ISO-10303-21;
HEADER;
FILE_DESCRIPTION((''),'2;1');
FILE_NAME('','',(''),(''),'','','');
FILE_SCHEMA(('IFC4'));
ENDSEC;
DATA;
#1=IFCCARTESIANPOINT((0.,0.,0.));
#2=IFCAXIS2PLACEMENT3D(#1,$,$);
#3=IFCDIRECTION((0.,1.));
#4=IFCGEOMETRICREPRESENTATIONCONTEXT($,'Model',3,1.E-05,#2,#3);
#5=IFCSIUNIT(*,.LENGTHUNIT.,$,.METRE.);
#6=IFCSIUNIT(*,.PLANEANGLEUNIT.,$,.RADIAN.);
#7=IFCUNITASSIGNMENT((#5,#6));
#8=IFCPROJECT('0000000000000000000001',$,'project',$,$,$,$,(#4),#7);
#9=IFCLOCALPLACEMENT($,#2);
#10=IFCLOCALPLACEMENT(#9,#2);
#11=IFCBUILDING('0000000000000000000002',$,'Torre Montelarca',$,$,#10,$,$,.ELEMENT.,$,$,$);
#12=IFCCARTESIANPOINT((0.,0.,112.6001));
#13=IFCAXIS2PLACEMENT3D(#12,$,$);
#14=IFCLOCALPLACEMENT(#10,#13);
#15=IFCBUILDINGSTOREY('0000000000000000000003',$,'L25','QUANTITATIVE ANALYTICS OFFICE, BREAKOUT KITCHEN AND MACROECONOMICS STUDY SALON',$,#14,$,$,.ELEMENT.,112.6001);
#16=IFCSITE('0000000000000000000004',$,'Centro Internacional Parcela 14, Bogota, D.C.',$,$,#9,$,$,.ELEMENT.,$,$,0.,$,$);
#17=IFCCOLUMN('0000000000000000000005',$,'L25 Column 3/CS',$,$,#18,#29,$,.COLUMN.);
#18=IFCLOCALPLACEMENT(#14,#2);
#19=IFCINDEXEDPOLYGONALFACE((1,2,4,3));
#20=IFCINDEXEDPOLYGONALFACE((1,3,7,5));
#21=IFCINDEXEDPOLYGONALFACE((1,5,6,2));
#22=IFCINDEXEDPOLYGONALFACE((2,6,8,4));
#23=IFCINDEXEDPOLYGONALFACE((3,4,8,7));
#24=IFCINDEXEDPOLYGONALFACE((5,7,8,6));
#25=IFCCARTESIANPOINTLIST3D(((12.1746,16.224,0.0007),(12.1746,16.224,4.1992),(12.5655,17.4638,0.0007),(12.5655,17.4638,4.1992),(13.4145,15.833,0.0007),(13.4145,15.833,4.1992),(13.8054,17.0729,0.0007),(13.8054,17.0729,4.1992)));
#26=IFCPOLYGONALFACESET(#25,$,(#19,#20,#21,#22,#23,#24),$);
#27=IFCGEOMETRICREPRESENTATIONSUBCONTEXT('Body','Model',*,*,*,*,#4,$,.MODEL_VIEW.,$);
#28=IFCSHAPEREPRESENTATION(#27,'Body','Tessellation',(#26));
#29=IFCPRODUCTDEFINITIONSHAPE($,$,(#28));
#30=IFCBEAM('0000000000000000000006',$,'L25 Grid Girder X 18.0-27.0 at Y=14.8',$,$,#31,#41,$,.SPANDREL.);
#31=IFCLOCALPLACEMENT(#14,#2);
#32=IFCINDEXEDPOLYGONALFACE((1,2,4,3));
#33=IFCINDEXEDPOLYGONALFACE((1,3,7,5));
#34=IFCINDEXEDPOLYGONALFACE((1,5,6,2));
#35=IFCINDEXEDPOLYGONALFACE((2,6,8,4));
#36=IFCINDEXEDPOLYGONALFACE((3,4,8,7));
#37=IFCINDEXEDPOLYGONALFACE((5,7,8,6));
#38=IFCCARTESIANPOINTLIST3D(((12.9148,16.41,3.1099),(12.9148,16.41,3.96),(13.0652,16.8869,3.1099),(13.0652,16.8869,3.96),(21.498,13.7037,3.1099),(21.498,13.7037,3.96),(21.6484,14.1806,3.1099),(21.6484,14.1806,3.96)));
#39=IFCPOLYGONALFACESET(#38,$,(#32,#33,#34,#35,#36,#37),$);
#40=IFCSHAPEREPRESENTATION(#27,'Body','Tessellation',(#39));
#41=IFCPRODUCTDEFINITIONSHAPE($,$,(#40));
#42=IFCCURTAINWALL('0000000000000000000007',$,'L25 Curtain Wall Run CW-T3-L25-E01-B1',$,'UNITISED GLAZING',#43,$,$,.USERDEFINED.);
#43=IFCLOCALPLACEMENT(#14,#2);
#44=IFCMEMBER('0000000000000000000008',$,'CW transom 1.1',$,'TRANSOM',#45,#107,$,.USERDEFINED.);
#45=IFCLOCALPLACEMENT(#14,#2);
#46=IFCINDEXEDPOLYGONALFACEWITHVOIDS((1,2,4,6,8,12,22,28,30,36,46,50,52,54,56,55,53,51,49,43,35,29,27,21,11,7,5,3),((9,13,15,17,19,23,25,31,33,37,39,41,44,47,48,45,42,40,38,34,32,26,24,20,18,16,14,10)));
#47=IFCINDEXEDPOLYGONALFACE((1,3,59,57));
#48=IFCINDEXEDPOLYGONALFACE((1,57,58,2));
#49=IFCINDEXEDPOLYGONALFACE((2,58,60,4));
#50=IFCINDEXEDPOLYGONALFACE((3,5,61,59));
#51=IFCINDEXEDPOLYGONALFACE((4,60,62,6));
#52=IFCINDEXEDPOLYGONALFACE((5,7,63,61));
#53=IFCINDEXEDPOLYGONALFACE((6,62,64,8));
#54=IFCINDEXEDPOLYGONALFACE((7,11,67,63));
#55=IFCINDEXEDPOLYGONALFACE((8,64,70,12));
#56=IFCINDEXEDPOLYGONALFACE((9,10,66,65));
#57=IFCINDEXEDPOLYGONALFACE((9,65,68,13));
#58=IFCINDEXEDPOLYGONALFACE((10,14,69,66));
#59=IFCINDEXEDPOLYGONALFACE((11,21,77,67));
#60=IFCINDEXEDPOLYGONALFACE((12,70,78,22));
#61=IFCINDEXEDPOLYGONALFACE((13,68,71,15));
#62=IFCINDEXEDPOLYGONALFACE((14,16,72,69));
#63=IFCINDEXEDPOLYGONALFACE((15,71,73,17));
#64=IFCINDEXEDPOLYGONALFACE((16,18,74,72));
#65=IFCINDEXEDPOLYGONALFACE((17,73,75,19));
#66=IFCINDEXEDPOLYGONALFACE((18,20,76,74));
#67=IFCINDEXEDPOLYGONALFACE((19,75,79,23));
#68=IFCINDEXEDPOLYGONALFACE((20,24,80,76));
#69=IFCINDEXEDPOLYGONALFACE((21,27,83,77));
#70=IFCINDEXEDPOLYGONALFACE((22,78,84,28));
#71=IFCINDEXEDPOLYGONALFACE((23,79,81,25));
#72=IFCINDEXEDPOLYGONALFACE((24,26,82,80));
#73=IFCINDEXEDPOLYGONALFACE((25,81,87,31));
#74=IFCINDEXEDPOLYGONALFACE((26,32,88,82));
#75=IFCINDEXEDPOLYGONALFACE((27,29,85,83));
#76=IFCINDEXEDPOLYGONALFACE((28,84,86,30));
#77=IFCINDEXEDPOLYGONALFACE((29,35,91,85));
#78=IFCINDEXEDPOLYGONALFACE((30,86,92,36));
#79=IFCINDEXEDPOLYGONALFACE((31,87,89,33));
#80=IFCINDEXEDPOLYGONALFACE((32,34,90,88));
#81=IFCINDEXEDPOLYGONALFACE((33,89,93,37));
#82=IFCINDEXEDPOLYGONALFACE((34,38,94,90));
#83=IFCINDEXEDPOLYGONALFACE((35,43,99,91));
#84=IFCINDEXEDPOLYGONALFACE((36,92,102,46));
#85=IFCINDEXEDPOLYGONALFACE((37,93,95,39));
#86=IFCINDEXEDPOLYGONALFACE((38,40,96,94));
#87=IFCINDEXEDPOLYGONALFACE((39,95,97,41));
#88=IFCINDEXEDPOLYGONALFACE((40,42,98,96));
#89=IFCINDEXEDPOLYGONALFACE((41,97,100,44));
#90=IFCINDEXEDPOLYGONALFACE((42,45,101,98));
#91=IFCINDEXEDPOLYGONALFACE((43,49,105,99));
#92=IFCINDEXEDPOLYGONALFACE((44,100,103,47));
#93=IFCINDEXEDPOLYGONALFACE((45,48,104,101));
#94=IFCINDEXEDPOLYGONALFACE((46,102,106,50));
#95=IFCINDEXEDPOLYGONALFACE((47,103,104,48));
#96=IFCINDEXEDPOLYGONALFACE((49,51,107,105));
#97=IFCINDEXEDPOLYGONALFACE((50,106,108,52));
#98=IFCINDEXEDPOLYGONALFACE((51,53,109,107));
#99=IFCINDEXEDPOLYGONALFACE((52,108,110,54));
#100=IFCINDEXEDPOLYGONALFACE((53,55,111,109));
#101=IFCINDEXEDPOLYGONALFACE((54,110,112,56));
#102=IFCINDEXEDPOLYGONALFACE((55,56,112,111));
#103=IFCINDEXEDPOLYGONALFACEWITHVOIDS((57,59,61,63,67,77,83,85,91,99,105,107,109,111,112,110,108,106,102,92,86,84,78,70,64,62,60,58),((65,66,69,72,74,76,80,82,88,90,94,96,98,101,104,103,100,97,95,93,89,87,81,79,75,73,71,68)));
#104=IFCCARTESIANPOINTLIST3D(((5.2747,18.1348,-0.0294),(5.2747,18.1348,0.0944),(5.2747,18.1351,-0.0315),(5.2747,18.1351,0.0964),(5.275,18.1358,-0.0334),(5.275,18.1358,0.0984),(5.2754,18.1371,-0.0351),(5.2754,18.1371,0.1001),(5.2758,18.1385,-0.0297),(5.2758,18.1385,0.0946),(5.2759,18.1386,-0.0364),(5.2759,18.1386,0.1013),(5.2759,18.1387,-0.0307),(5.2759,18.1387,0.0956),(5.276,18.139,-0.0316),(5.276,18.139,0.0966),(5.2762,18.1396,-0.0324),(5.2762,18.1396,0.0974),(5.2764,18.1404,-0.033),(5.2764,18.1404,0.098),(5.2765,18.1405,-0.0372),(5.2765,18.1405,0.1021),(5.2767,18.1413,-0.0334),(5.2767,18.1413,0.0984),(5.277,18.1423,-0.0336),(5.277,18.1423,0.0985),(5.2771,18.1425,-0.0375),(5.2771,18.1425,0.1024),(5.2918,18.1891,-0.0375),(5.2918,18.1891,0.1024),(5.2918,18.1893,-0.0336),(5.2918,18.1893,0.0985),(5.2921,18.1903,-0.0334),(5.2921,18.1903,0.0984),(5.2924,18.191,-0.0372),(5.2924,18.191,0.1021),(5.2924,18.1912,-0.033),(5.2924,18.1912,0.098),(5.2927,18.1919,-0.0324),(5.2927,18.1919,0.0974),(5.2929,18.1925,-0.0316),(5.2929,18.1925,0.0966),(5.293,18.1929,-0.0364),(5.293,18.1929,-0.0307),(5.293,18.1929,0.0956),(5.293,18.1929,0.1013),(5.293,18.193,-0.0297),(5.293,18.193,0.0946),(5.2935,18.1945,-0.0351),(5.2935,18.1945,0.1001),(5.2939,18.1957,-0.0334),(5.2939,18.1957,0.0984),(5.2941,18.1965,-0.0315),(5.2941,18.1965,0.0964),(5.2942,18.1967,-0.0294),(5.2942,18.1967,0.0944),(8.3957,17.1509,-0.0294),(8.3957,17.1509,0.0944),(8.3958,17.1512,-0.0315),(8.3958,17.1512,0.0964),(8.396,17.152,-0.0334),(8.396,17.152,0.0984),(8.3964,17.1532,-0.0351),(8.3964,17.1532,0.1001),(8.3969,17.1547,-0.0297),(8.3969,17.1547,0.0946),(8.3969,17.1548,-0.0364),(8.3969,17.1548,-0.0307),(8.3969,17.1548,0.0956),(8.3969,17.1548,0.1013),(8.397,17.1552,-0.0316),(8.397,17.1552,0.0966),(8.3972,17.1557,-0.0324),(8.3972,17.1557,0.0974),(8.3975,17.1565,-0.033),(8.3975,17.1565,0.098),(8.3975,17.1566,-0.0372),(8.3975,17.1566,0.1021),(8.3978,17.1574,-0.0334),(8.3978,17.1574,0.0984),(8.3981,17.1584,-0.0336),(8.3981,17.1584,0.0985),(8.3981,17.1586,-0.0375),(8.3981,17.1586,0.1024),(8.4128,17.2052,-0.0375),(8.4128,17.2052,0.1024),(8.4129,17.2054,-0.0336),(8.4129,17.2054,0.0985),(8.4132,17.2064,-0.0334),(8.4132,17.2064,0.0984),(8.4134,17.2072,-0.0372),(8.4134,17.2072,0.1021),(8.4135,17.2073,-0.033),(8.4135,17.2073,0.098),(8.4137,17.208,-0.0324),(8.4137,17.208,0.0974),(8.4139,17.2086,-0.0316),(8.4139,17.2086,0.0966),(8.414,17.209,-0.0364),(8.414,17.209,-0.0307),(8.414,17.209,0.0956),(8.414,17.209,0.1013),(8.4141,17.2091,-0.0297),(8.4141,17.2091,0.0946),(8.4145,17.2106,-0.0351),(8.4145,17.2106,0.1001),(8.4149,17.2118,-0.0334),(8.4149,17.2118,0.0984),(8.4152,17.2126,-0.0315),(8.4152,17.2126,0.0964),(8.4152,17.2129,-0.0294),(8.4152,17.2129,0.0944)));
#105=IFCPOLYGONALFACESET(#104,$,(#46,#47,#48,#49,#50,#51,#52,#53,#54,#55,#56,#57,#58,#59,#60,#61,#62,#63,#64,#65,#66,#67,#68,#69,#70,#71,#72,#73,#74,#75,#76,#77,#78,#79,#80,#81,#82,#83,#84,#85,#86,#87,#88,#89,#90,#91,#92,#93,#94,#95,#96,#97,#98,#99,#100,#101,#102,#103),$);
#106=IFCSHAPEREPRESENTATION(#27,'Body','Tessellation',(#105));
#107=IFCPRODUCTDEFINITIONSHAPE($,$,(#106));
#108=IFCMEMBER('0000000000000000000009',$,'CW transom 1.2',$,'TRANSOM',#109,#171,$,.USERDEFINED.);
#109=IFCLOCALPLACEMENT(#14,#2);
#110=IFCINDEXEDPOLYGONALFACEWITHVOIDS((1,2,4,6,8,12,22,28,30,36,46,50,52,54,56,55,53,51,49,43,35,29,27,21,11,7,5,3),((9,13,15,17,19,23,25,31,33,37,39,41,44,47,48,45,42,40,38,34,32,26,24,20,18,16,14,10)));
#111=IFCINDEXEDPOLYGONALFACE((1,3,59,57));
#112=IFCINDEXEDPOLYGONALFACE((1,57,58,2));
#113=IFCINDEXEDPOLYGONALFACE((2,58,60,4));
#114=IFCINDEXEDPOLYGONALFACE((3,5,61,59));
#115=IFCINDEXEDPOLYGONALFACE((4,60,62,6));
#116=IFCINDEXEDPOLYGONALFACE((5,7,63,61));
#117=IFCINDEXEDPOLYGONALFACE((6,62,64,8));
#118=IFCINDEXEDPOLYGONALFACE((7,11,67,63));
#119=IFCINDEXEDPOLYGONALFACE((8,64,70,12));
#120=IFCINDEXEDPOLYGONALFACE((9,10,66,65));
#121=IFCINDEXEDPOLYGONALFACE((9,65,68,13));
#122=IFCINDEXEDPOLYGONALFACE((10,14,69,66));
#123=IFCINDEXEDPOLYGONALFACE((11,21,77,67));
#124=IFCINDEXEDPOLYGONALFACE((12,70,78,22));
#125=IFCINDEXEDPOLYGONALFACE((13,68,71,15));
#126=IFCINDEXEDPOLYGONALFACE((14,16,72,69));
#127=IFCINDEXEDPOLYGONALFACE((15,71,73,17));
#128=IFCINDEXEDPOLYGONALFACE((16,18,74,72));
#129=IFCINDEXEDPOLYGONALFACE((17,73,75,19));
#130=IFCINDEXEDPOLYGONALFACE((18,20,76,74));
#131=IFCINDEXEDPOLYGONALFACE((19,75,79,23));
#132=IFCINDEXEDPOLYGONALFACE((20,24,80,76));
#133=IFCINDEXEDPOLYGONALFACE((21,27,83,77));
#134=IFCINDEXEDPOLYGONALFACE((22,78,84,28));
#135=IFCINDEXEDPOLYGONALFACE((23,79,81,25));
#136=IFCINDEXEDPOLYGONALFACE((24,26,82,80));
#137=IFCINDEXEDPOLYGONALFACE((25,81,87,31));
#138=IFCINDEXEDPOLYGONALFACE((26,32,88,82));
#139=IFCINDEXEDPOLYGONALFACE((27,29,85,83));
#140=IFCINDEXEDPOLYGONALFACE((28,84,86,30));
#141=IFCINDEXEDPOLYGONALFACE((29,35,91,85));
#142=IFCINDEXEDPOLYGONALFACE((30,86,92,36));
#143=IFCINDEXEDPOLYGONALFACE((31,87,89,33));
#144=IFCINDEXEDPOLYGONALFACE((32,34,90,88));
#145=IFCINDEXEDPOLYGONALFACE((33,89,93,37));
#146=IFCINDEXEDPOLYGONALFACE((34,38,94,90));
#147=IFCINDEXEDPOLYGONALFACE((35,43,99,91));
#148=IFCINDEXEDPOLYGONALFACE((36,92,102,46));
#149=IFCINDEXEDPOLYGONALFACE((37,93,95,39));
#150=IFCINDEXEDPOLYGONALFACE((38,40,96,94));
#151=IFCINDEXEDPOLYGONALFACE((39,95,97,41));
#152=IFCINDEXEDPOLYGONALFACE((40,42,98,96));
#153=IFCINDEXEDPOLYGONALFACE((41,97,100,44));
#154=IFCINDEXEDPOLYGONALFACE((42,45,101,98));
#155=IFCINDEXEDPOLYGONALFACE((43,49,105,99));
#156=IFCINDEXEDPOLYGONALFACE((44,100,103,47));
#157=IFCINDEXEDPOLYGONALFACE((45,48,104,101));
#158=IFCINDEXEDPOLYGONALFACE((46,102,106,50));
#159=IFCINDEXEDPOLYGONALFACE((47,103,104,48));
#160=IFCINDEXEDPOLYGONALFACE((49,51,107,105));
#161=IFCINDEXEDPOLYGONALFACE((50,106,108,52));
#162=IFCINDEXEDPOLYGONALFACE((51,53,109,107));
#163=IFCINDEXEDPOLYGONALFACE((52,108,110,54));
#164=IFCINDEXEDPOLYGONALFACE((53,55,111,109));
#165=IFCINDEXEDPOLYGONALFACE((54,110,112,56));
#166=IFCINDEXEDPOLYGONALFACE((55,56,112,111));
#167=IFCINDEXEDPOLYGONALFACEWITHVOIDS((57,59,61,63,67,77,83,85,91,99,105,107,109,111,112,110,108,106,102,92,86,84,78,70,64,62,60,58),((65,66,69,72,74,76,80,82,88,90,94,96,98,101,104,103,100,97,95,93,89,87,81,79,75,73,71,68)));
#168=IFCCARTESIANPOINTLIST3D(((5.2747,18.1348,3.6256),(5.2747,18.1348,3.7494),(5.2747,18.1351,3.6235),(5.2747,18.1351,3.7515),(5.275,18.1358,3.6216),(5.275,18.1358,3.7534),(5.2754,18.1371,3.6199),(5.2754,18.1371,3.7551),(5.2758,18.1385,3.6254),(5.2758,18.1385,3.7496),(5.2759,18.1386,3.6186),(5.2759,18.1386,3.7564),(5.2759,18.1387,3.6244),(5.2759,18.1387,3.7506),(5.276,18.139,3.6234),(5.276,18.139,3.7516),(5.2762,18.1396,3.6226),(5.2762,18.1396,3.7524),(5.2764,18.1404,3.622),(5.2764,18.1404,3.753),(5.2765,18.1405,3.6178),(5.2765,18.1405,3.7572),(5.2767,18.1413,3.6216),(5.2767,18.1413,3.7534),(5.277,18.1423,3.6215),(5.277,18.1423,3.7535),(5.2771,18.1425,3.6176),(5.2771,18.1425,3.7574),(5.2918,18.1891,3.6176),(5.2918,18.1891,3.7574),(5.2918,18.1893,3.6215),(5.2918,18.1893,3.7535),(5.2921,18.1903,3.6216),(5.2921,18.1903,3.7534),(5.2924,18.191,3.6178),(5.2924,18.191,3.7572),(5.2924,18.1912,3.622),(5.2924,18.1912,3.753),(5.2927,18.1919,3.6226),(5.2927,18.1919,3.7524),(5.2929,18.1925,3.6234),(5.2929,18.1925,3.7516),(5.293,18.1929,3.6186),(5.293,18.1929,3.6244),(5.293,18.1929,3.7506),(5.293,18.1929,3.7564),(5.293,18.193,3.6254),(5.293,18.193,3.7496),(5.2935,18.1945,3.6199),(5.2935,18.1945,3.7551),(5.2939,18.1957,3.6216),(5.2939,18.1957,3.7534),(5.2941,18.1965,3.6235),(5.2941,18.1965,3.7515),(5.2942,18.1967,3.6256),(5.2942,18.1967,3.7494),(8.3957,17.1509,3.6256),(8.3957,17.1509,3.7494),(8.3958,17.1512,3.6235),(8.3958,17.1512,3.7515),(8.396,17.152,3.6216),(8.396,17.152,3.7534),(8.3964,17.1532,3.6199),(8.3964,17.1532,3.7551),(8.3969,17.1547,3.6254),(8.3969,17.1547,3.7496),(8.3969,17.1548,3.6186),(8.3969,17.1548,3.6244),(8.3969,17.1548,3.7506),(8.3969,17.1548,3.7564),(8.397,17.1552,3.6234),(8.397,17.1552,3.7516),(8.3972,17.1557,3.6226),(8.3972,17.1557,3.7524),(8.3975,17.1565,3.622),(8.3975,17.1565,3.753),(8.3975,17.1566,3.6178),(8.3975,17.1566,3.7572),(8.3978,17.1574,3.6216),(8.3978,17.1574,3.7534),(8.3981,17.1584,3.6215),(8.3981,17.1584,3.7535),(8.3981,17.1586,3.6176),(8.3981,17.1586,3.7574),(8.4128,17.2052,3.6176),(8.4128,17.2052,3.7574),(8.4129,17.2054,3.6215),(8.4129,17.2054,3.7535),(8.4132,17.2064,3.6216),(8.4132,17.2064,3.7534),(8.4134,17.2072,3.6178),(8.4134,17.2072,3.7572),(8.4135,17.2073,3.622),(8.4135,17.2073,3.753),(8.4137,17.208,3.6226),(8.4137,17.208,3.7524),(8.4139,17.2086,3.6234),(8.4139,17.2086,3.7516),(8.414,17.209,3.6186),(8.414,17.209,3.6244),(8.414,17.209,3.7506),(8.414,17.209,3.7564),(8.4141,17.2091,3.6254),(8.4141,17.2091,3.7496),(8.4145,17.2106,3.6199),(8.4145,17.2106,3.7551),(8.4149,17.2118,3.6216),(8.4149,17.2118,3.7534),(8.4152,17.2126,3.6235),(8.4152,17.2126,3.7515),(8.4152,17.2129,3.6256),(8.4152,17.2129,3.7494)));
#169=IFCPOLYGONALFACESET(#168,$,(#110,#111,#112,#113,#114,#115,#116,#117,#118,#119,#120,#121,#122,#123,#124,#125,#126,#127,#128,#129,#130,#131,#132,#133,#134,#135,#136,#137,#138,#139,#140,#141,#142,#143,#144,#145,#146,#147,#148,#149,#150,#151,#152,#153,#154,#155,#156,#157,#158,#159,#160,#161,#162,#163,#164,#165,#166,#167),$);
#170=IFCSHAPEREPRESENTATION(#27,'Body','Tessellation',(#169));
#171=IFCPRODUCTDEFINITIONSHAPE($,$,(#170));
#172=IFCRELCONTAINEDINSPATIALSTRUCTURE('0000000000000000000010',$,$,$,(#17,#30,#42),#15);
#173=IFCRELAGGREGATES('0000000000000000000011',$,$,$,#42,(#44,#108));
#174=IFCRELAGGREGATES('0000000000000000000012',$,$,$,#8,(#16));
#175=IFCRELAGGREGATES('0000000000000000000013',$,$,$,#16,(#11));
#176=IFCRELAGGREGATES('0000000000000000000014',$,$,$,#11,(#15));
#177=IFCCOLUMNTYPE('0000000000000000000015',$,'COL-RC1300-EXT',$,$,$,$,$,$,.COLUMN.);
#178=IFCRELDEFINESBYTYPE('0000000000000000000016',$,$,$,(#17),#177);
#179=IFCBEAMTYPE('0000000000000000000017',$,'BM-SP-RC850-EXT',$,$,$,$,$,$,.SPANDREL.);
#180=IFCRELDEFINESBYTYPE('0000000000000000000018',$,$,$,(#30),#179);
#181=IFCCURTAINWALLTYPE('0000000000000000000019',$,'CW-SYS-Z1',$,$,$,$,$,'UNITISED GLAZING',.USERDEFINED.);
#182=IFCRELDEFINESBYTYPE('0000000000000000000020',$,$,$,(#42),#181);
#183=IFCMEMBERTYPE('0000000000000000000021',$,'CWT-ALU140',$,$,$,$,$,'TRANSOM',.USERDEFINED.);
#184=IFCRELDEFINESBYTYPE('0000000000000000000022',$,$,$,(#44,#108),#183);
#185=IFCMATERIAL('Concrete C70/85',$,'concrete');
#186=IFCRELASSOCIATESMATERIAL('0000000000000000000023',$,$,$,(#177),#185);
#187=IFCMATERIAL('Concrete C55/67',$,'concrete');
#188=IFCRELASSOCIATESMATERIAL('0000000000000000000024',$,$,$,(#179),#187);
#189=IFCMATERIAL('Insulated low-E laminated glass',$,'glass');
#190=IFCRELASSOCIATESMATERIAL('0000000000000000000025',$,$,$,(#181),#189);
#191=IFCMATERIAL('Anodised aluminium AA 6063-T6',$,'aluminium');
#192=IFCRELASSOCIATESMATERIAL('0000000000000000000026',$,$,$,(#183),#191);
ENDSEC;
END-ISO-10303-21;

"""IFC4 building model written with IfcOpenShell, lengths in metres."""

from ifc_helpers import new_model, si_unit, direction, frame, origin, origin_2d, place, context, subcontext, project, spatial, rectangle, hollow_rectangle, extrude, source, transform, mapped, material, material_profile, profile_set, type_object, element, aggregate, save


model = new_model("IFC4")

# Units and contexts
model_context = context("Model", 3, precision=1e-05, world=origin(), true_north=direction((0.0, 1.0)))
body_context = subcontext(model_context, "Body", "Model", "MODEL_VIEW")
ifc_project = project(units=[si_unit("LENGTHUNIT", "METRE"), si_unit("PLANEANGLEUNIT", "RADIAN")], contexts=[model_context])

# Site, building, storey
site_placement = place(None, origin())
site = spatial("IfcSite", under=ifc_project, at=site_placement, Name="Centro Internacional Parcela 14, Bogota, D.C.", CompositionType="ELEMENT", RefElevation=0.0)
building_placement = place(site_placement, origin())
building = spatial("IfcBuilding", under=site, at=building_placement, Name="Torre Montelarca", CompositionType="ELEMENT")
storey_placement = place(building_placement, frame((0.0, 0.0, 112.6001)))
storey = spatial("IfcBuildingStorey", under=building, at=storey_placement, Name="L25", Description="QUANTITATIVE ANALYTICS OFFICE, BREAKOUT KITCHEN AND MACROECONOMICS STUDY SALON", CompositionType="ELEMENT", Elevation=112.6001)

# Column
ifc_material_1 = material(Name="Concrete C70/85", Category="concrete")
ifc_material_profile_1 = material_profile(ifc_material_1, rectangle(XDim=1.3, YDim=1.3, at=origin_2d()), Name="RC1300X1300", Category="concrete")
ifc_profile_set_1 = profile_set([ifc_material_profile_1], Name="Concrete C70/85")
column_type = type_object("IfcColumnType", Name="COL-RC1300-EXT", PredefinedType="COLUMN", material=ifc_profile_set_1)
shared_shape_1 = source(origin(), body_context, "Body", "SweptSolid", [
    extrude(rectangle(XDim=1.3, YDim=1.3, at=origin_2d()), origin(), (0.0, 0.0, 1.0), 4.1985),
])
column_placement = place(storey_placement, frame((12.99, 16.6484, 0.0007), z_axis=(0.0, 0.0, 1.0), x_axis=(-0.953717, 0.300706, 0.0)))
element("IfcColumn", 1, at=column_placement, inside=storey, type_object=column_type, Name="L25 Column 3/CS", PredefinedType="COLUMN", context=body_context, shape_type="MappedRepresentation", body=[
    mapped(shared_shape_1, transform((0.0, 0.0, 0.0), scale=1.0)),
])

# Beam
ifc_material_2 = material(Name="Concrete C55/67", Category="concrete")
ifc_material_profile_2 = material_profile(ifc_material_2, rectangle(XDim=0.5, YDim=0.8501, at=origin_2d()), Name="RCB500X850", Category="concrete")
ifc_profile_set_2 = profile_set([ifc_material_profile_2], Name="Concrete C55/67")
beam_type = type_object("IfcBeamType", Name="BM-SP-RC850-EXT", PredefinedType="SPANDREL", material=ifc_profile_set_2)
shared_shape_2 = source(origin(), body_context, "Body", "SweptSolid", [
    extrude(rectangle(XDim=0.5, YDim=0.8501, at=origin_2d()), origin(), (0.0, 0.0, 1.0), 8.9998),
])
beam_placement = place(storey_placement, frame((12.99, 16.6484, 3.5349), z_axis=(0.953717, -0.300707, 0.0), x_axis=(0.300707, 0.953717, 0.0)))
element("IfcBeam", 2, at=beam_placement, inside=storey, type_object=beam_type, Name="L25 Grid Girder X 18.0-27.0 at Y=14.8", PredefinedType="SPANDREL", context=body_context, shape_type="MappedRepresentation", body=[
    mapped(shared_shape_2, transform((0.0, 0.0, 0.0), scale=1.0)),
])

# Curtain wall, members
ifc_material_3 = material(Name="Insulated low-E laminated glass", Category="glass")
curtain_wall_type = type_object("IfcCurtainWallType", Name="CW-SYS-Z1", ElementType="UNITISED GLAZING", PredefinedType="USERDEFINED", material=ifc_material_3)
curtain_wall_1_placement = place(storey_placement, origin())
curtain_wall_1 = element("IfcCurtainWall", 3, at=curtain_wall_1_placement, inside=storey, type_object=curtain_wall_type, Name="L25 Curtain Wall Run CW-T3-L25-E01-B1", ObjectType="UNITISED GLAZING", PredefinedType="USERDEFINED")
ifc_material_4 = material(Name="Anodised aluminium AA 6063-T6", Category="aluminium")
ifc_material_profile_3 = material_profile(ifc_material_4, hollow_rectangle(XDim=0.0649, YDim=0.1399, WallThickness=0.0039, InnerFilletRadius=0.0039, OuterFilletRadius=0.0081, at=origin_2d()), Name="ALU65X140X4", Category="aluminium")
ifc_profile_set_3 = profile_set([ifc_material_profile_3], Name="Anodised aluminium AA 6063-T6")
member_type_1 = type_object("IfcMemberType", Name="CWT-ALU140", ElementType="TRANSOM", PredefinedType="USERDEFINED", material=ifc_profile_set_3)
shared_shape_3 = source(origin(), body_context, "Body", "SweptSolid", [
    extrude(hollow_rectangle(XDim=0.0649, YDim=0.1399, WallThickness=0.0039, InnerFilletRadius=0.0039, OuterFilletRadius=0.0081, at=origin_2d()), origin(), (0.0, 0.0, 1.0), 3.2725),
])
member_1_placement = place(storey_placement, frame((5.2844, 18.1658, 0.0325), z_axis=(0.953734, -0.300653, 0.0), x_axis=(0.300653, 0.953734, 0.0)))
member_1 = element("IfcMember", 4, at=member_1_placement, type_object=member_type_1, Name="CW transom 1.1", ObjectType="TRANSOM", PredefinedType="USERDEFINED", context=body_context, shape_type="MappedRepresentation", body=[
    mapped(shared_shape_3, transform((0.0, 0.0, 0.0), scale=1.0)),
])
member_2_placement = place(storey_placement, frame((5.2844, 18.1658, 3.6875), z_axis=(0.953734, -0.300653, 0.0), x_axis=(0.300653, 0.953734, 0.0)))
member_2 = element("IfcMember", 5, at=member_2_placement, type_object=member_type_1, Name="CW transom 1.2", ObjectType="TRANSOM", PredefinedType="USERDEFINED", context=body_context, shape_type="MappedRepresentation", body=[
    mapped(shared_shape_3, transform((0.0, 0.0, 0.0), scale=1.0)),
])

aggregate(curtain_wall_1, [member_1, member_2])

save(model, "model.ifc")
